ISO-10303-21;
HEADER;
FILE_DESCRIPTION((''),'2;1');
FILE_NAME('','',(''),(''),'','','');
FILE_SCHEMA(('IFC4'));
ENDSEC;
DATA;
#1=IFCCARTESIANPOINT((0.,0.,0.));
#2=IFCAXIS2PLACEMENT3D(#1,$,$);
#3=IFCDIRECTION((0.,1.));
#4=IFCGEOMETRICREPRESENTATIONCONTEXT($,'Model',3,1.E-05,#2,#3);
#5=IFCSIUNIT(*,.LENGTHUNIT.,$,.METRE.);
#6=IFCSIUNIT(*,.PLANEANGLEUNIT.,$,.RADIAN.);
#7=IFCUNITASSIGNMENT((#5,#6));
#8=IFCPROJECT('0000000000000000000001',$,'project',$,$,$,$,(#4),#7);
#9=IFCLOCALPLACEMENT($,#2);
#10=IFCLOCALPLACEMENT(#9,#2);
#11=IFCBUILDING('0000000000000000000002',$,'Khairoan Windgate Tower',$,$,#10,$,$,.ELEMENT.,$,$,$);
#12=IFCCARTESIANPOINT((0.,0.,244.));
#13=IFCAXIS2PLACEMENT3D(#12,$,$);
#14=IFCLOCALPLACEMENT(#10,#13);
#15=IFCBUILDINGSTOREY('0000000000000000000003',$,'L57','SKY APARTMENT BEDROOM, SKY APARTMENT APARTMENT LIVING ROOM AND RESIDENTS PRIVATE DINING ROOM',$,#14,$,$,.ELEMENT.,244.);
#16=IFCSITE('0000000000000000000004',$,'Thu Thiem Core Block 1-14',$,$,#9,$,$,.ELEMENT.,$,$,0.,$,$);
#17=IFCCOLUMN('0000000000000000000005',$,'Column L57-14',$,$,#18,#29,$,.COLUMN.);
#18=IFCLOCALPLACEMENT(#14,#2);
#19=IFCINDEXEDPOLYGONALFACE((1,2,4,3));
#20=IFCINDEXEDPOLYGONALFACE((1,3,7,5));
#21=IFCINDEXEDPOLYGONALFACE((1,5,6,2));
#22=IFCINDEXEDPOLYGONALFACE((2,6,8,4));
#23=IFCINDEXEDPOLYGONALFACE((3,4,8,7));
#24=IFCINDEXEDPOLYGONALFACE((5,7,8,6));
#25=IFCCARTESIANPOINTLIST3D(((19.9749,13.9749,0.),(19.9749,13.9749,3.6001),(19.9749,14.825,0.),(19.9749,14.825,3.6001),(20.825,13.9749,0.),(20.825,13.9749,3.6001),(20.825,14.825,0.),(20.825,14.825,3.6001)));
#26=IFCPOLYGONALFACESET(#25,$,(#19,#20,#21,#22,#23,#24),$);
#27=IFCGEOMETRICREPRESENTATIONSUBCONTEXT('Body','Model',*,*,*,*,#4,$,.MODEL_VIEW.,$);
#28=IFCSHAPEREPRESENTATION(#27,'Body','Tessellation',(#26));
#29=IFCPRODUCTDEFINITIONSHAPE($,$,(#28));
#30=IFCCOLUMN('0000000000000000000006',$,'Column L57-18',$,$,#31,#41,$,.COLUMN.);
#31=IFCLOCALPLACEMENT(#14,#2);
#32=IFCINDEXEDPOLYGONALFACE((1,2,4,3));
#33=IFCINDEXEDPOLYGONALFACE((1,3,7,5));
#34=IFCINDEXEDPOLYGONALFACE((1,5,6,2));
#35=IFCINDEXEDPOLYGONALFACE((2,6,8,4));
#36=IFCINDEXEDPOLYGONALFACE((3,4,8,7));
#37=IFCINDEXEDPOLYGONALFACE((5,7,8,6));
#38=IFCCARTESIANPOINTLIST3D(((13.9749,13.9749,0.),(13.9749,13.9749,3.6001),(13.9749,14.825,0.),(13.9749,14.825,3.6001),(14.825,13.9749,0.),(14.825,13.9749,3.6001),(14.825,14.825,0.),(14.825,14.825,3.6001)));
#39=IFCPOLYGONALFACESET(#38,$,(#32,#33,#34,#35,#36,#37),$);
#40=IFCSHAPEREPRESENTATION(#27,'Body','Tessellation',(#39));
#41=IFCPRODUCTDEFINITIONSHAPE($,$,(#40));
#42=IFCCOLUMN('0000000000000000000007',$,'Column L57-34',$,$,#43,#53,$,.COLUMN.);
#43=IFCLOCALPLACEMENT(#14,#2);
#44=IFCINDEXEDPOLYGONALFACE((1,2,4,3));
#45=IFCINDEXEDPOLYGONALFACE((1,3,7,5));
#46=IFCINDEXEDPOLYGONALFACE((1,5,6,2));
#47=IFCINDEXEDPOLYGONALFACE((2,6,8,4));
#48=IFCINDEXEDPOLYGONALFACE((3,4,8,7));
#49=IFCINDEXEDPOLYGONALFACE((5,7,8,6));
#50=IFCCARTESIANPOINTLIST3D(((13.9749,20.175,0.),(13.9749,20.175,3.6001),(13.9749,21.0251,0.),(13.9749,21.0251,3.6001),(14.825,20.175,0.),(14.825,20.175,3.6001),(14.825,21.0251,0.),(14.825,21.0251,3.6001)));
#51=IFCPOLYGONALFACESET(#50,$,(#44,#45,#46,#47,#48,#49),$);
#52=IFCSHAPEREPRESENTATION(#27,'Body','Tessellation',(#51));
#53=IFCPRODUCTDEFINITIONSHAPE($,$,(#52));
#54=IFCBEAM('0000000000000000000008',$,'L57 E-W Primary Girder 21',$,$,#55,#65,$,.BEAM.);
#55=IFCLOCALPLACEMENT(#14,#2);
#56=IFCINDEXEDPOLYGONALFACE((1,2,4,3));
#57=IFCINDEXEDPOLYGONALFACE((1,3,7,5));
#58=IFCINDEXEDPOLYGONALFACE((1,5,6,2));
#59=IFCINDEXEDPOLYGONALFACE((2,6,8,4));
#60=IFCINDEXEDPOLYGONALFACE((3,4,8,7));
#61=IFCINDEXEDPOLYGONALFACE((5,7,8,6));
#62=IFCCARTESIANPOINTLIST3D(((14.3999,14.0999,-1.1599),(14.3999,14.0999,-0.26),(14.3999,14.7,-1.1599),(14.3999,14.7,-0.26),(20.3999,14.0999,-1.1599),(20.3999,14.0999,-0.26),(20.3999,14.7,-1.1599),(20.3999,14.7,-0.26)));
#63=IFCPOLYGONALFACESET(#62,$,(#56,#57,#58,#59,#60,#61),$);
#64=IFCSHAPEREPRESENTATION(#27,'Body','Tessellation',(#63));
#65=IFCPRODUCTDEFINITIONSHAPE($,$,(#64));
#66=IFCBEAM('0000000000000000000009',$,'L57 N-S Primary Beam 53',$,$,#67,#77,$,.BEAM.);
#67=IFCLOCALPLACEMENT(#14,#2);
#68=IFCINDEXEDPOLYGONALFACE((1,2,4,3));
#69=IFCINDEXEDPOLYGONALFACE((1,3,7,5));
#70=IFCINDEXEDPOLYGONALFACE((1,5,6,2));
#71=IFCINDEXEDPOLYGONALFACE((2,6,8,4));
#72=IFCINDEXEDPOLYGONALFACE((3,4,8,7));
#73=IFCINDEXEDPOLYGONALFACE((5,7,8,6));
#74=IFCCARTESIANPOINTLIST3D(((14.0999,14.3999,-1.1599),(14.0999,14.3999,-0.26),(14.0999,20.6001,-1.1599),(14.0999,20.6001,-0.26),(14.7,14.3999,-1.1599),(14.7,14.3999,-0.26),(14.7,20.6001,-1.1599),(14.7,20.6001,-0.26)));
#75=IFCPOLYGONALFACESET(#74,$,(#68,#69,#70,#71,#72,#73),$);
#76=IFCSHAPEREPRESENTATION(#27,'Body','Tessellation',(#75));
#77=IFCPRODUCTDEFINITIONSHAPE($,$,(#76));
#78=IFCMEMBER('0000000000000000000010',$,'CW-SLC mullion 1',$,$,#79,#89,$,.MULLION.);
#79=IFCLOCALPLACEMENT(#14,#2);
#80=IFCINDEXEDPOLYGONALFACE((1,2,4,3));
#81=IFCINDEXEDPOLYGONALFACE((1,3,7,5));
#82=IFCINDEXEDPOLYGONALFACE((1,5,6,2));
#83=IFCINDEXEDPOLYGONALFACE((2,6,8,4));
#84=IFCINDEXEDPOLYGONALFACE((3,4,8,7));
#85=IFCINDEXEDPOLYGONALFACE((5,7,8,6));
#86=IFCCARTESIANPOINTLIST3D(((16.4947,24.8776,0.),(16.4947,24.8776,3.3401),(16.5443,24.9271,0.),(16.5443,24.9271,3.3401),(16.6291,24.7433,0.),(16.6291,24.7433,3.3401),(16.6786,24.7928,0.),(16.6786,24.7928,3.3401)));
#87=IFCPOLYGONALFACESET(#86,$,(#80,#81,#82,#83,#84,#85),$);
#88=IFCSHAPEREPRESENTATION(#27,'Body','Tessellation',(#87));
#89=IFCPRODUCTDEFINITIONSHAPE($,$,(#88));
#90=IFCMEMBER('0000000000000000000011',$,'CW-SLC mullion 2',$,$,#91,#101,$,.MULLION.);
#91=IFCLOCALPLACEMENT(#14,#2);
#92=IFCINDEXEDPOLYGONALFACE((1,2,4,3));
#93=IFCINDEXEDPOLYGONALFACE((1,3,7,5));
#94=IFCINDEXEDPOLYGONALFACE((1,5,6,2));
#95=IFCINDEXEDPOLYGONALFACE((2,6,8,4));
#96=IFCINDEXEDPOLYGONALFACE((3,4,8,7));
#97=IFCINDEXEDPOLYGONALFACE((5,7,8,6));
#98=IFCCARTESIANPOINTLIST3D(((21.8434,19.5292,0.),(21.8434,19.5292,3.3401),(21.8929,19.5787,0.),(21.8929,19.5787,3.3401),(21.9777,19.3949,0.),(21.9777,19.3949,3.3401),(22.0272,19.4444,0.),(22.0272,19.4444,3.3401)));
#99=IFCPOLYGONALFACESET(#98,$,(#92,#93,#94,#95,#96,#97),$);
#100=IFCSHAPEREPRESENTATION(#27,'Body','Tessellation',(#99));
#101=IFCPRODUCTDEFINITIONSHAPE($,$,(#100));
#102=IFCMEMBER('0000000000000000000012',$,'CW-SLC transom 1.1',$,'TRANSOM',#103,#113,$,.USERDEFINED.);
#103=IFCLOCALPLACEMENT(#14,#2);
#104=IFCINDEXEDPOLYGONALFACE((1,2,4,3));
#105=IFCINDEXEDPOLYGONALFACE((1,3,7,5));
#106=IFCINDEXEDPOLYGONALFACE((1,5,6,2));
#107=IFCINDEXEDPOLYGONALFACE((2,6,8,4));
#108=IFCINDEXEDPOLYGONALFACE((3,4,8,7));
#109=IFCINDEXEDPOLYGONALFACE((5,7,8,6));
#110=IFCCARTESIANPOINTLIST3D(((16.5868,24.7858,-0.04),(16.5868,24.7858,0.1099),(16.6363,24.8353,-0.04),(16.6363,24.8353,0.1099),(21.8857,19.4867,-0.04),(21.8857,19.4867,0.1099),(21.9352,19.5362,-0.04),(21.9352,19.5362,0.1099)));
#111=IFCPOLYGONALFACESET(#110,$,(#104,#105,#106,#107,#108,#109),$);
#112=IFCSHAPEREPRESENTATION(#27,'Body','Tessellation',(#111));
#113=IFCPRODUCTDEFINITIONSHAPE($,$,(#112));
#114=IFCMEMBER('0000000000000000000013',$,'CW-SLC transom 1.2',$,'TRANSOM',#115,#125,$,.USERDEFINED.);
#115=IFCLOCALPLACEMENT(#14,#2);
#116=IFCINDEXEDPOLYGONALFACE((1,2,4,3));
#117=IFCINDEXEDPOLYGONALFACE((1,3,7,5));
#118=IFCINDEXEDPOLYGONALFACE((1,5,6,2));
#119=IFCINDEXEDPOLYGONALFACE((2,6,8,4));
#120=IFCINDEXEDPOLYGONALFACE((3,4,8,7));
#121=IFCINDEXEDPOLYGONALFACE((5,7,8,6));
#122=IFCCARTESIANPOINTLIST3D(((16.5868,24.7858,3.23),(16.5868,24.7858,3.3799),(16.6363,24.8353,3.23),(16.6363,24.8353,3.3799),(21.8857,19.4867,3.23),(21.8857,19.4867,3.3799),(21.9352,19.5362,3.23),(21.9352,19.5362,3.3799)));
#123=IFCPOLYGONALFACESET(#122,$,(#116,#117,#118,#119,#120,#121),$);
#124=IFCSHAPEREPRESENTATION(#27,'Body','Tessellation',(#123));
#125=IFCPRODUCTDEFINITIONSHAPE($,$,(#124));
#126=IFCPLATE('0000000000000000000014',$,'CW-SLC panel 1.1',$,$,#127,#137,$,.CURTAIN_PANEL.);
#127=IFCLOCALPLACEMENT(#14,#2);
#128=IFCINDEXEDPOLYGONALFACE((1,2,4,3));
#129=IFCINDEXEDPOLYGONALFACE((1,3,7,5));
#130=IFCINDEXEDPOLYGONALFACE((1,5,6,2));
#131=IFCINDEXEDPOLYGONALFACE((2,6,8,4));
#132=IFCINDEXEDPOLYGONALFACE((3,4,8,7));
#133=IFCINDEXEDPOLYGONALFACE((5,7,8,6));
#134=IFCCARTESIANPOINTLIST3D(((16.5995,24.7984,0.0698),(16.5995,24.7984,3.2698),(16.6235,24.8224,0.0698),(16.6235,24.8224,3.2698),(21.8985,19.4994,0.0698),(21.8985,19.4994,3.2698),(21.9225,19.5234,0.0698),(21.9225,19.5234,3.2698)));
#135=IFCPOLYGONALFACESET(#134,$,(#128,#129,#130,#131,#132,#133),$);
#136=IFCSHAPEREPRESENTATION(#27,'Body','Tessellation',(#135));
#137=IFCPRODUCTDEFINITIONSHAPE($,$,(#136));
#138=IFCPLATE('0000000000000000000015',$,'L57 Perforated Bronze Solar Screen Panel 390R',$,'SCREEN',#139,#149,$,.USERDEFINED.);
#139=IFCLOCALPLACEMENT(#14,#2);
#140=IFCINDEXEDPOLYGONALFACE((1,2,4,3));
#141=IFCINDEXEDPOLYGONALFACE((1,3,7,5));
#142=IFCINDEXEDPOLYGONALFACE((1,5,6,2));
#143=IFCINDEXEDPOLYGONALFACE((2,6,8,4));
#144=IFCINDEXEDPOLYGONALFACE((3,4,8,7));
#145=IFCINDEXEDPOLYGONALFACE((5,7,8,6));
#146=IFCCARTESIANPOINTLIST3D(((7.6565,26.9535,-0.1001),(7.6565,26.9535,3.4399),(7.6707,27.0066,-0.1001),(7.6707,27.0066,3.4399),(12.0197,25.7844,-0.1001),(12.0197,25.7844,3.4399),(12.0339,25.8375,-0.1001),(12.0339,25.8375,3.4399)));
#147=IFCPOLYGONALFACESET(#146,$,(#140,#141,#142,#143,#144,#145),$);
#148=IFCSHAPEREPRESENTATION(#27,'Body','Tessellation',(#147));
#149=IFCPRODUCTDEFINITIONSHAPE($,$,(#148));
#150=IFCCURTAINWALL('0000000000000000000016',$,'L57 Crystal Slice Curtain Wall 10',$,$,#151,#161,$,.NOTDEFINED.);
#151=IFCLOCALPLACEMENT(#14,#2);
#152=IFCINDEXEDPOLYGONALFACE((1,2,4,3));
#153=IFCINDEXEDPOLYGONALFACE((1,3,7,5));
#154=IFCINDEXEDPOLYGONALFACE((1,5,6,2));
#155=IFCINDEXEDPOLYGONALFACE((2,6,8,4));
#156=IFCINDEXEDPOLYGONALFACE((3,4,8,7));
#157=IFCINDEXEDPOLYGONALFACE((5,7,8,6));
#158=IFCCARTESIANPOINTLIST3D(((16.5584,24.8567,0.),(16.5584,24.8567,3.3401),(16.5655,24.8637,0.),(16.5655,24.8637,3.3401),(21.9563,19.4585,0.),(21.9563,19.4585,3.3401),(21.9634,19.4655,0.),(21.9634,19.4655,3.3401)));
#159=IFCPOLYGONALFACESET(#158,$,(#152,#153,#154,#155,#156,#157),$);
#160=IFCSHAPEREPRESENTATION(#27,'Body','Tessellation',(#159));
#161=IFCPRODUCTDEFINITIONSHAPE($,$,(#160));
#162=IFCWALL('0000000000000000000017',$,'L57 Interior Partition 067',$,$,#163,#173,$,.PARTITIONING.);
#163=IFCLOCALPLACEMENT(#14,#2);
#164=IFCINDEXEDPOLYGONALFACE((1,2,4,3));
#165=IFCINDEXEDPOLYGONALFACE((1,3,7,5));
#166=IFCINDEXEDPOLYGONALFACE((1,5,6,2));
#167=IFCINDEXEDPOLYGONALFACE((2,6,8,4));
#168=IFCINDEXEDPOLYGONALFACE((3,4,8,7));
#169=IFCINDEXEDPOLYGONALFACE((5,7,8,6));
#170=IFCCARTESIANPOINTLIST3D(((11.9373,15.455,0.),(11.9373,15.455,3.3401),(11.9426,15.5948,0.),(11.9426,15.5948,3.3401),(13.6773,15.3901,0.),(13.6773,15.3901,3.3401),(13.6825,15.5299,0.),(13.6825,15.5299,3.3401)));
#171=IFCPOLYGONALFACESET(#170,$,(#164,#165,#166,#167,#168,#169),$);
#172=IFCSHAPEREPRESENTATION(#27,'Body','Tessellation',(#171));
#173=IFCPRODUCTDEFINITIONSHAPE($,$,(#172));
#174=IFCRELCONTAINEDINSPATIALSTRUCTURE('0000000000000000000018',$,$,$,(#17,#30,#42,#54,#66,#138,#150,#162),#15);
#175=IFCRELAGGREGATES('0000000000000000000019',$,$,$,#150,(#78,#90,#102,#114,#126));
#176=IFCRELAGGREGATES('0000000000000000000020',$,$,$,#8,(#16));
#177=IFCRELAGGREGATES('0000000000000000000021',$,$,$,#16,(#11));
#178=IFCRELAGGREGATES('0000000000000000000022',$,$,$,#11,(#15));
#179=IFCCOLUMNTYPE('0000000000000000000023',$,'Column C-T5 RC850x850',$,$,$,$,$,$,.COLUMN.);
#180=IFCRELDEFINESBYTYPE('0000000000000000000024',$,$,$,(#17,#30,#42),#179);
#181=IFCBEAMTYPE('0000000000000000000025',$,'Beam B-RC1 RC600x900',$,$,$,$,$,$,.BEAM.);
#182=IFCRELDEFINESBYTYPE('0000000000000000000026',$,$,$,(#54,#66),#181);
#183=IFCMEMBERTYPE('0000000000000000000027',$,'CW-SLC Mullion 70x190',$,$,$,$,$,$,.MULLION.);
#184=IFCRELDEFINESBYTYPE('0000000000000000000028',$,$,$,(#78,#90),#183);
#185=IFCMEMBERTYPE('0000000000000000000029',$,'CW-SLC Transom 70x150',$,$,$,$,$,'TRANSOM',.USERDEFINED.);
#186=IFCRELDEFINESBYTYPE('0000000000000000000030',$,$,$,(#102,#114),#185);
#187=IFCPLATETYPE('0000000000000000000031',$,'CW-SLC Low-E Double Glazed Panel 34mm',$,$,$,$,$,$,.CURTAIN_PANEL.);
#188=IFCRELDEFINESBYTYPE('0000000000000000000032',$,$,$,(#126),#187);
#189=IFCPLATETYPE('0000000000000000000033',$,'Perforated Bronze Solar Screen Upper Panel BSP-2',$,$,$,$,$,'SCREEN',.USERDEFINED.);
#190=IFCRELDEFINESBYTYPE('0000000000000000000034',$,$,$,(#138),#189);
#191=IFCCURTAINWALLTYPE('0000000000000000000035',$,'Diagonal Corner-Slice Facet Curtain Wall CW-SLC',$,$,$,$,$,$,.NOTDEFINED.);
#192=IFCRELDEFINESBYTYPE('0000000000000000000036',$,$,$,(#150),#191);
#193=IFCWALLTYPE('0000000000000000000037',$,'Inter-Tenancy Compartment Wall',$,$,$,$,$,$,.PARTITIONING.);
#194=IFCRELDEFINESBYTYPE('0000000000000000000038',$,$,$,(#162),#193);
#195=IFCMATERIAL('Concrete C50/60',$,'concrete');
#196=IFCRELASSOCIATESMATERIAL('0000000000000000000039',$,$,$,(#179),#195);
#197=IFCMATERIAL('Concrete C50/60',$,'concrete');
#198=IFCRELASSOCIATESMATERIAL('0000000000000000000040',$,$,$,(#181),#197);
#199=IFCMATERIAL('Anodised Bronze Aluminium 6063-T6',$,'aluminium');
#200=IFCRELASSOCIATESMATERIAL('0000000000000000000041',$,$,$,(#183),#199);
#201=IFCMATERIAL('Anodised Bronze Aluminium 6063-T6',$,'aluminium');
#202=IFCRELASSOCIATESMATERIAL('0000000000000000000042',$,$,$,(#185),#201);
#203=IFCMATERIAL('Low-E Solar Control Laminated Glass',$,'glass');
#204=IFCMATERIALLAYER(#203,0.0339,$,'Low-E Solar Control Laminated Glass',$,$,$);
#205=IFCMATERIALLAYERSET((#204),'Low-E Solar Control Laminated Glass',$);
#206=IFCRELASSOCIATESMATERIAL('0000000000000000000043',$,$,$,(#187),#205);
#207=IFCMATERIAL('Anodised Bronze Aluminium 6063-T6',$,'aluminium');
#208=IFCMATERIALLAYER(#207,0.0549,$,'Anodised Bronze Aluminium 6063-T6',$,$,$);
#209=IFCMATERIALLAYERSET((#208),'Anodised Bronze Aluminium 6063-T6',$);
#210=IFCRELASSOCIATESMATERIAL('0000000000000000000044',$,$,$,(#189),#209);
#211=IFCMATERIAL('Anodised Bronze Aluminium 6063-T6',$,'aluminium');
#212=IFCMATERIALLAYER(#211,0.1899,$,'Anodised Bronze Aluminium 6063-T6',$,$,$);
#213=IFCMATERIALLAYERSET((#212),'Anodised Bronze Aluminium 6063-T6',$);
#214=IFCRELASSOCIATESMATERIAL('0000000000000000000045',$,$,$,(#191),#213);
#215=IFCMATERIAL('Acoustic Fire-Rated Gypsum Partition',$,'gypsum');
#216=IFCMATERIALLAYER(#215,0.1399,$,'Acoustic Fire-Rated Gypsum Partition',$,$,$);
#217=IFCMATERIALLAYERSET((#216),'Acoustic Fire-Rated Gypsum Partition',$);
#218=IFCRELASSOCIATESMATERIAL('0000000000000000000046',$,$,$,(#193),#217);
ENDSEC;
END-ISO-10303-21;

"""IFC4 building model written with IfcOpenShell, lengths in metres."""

from ifc_helpers import new_model, si_unit, direction, frame, frame_2d, origin, origin_2d, place, context, subcontext, project, spatial, rectangle, extrude, material, layer, layer_set, material_profile, profile_set, type_object, element, aggregate, save


model = new_model("IFC4")

# Units and contexts
model_context = context("Model", 3, precision=1e-05, world=origin(), true_north=direction((0.0, 1.0)))
body_context = subcontext(model_context, "Body", "Model", "MODEL_VIEW")
ifc_project = project(units=[si_unit("LENGTHUNIT", "METRE"), si_unit("PLANEANGLEUNIT", "RADIAN")], contexts=[model_context])

# Site, building, storey
site_placement = place(None, origin())
site = spatial("IfcSite", under=ifc_project, at=site_placement, Name="Thu Thiem Core Block 1-14", CompositionType="ELEMENT", RefElevation=0.0)
building_placement = place(site_placement, origin())
building = spatial("IfcBuilding", under=site, at=building_placement, Name="Khairoan Windgate Tower", CompositionType="ELEMENT")
storey_placement = place(building_placement, frame((0.0, 0.0, 244.0)))
storey = spatial("IfcBuildingStorey", under=building, at=storey_placement, Name="L57", Description="SKY APARTMENT BEDROOM, SKY APARTMENT APARTMENT LIVING ROOM AND RESIDENTS PRIVATE DINING ROOM", CompositionType="ELEMENT", Elevation=244.0)

# Columns
ifc_material_1 = material(Name="Concrete C50/60", Category="concrete")
ifc_material_profile_1 = material_profile(ifc_material_1, rectangle(XDim=0.8501, YDim=0.8501, at=origin_2d()))
ifc_profile_set_1 = profile_set([ifc_material_profile_1], Name="Concrete C50/60")
column_type = type_object("IfcColumnType", Name="Column C-T5 RC850x850", PredefinedType="COLUMN", material=ifc_profile_set_1)
for number, where, z_axis, x_axis, name in (
    (1, (20.3999, 14.3999, 0.0), (0.0, 0.0, 1.0), (1.0, 0.0, 0.0), "Column L57-14"),
    (2, (14.3999, 14.3999, 0.0), (0.0, 0.0, 1.0), (1.0, 0.0, 0.0), "Column L57-18"),
    (3, (14.3999, 20.6001, 0.0), (0.0, 0.0, 1.0), (1.0, 0.0, 0.0), "Column L57-34"),
):
    element("IfcColumn", number, at=place(storey_placement, frame(where, z_axis=z_axis, x_axis=x_axis)), inside=storey, type_object=column_type, Name=name, PredefinedType="COLUMN", context=body_context, shape_type="SweptSolid", body=[
        extrude(rectangle(XDim=0.8501, YDim=0.8501, at=origin_2d()), origin(), (0.0, 0.0, 1.0), 3.6001),
    ])

# Beams
ifc_material_2 = material(Name="Concrete C50/60", Category="concrete")
ifc_material_profile_2 = material_profile(ifc_material_2, rectangle(XDim=0.6001, YDim=0.8999, at=origin_2d()))
ifc_profile_set_2 = profile_set([ifc_material_profile_2], Name="Concrete C50/60")
beam_type = type_object("IfcBeamType", Name="Beam B-RC1 RC600x900", PredefinedType="BEAM", material=ifc_profile_set_2)
beam_1_placement = place(storey_placement, frame((14.3999, 14.3999, -0.71), z_axis=(1.0, 0.0, 0.0), x_axis=(0.0, 1.0, 0.0)))
element("IfcBeam", 4, at=beam_1_placement, inside=storey, type_object=beam_type, Name="L57 E-W Primary Girder 21", PredefinedType="BEAM", context=body_context, shape_type="SweptSolid", body=[
    extrude(rectangle(XDim=0.6001, YDim=0.8999, at=origin_2d()), origin(), (0.0, 0.0, 1.0), 6.0),
])
beam_2_placement = place(storey_placement, frame((14.3999, 14.3999, -0.71), z_axis=(0.0, 1.0, 0.0), x_axis=(-1.0, 0.0, 0.0)))
element("IfcBeam", 5, at=beam_2_placement, inside=storey, type_object=beam_type, Name="L57 N-S Primary Beam 53", PredefinedType="BEAM", context=body_context, shape_type="SweptSolid", body=[
    extrude(rectangle(XDim=0.6001, YDim=0.8999, at=origin_2d()), origin(), (0.0, 0.0, 1.0), 6.2002),
])

# Members
ifc_material_3 = material(Name="Anodised Bronze Aluminium 6063-T6", Category="aluminium")
ifc_material_profile_3 = material_profile(ifc_material_3, rectangle(XDim=0.0701, YDim=0.1899, at=origin_2d()))
ifc_profile_set_3 = profile_set([ifc_material_profile_3], Name="Anodised Bronze Aluminium 6063-T6")
member_type_1 = type_object("IfcMemberType", Name="CW-SLC Mullion 70x190", PredefinedType="MULLION", material=ifc_profile_set_3)
member_1_placement = place(storey_placement, frame((16.5867, 24.8352, 0.0), z_axis=(0.0, 0.0, 1.0), x_axis=(0.707107, 0.707107, 0.0)))
member_1 = element("IfcMember", 6, at=member_1_placement, type_object=member_type_1, Name="CW-SLC mullion 1", PredefinedType="MULLION", context=body_context, shape_type="SweptSolid", body=[
    extrude(rectangle(XDim=0.0701, YDim=0.1899, at=origin_2d()), origin(), (0.0, 0.0, 1.0), 3.3401),
])
member_2_placement = place(storey_placement, frame((21.9353, 19.4868, 0.0), z_axis=(0.0, 0.0, 1.0), x_axis=(0.707107, 0.707107, 0.0)))
member_2 = element("IfcMember", 7, at=member_2_placement, type_object=member_type_1, Name="CW-SLC mullion 2", PredefinedType="MULLION", context=body_context, shape_type="SweptSolid", body=[
    extrude(rectangle(XDim=0.0701, YDim=0.1899, at=origin_2d()), origin(), (0.0, 0.0, 1.0), 3.3401),
])
ifc_material_4 = material(Name="Anodised Bronze Aluminium 6063-T6", Category="aluminium")
ifc_material_profile_4 = material_profile(ifc_material_4, rectangle(XDim=0.0701, YDim=0.1499, at=origin_2d()))
ifc_profile_set_4 = profile_set([ifc_material_profile_4], Name="Anodised Bronze Aluminium 6063-T6")
member_type_2 = type_object("IfcMemberType", Name="CW-SLC Transom 70x150", ElementType="TRANSOM", PredefinedType="USERDEFINED", material=ifc_profile_set_4)
member_3_placement = place(storey_placement, frame((16.6116, 24.8105, 0.0349), z_axis=(0.70709, -0.707123, 0.0), x_axis=(0.707123, 0.70709, 0.0)))
member_3 = element("IfcMember", 8, at=member_3_placement, type_object=member_type_2, Name="CW-SLC transom 1.1", ObjectType="TRANSOM", PredefinedType="USERDEFINED", context=body_context, shape_type="SweptSolid", body=[
    extrude(rectangle(XDim=0.0701, YDim=0.1499, at=origin_2d()), origin(), (0.0, 0.0, 1.0), 7.4939),
])
member_4_placement = place(storey_placement, frame((16.6116, 24.8105, 3.3049), z_axis=(0.70709, -0.707123, 0.0), x_axis=(0.707123, 0.70709, 0.0)))
member_4 = element("IfcMember", 9, at=member_4_placement, type_object=member_type_2, Name="CW-SLC transom 1.2", ObjectType="TRANSOM", PredefinedType="USERDEFINED", context=body_context, shape_type="SweptSolid", body=[
    extrude(rectangle(XDim=0.0701, YDim=0.1499, at=origin_2d()), origin(), (0.0, 0.0, 1.0), 7.4939),
])

# Plates
ifc_material_5 = material(Name="Low-E Solar Control Laminated Glass", Category="glass")
ifc_layer_1 = layer(ifc_material_5, 0.0339, Name="Low-E Solar Control Laminated Glass")
ifc_layer_set_1 = layer_set([ifc_layer_1], Name="Low-E Solar Control Laminated Glass")
plate_type_1 = type_object("IfcPlateType", Name="CW-SLC Low-E Double Glazed Panel 34mm", PredefinedType="CURTAIN_PANEL", material=ifc_layer_set_1)
plate_1_placement = place(storey_placement, frame((19.261, 22.1609, 0.0698), z_axis=(0.0, 0.0, 1.0), x_axis=(0.707107, -0.707107, 0.0)))
plate_1 = element("IfcPlate", 10, at=plate_1_placement, type_object=plate_type_1, Name="CW-SLC panel 1.1", PredefinedType="CURTAIN_PANEL", context=body_context, shape_type="SweptSolid", body=[
    extrude(rectangle(XDim=7.4939, YDim=0.0339, at=origin_2d()), origin(), (0.0, 0.0, 1.0), 3.2),
])
ifc_material_6 = material(Name="Anodised Bronze Aluminium 6063-T6", Category="aluminium")
ifc_layer_2 = layer(ifc_material_6, 0.0549, Name="Anodised Bronze Aluminium 6063-T6")
ifc_layer_set_2 = layer_set([ifc_layer_2], Name="Anodised Bronze Aluminium 6063-T6")
plate_type_2 = type_object("IfcPlateType", Name="Perforated Bronze Solar Screen Upper Panel BSP-2", ElementType="SCREEN", PredefinedType="USERDEFINED", material=ifc_layer_set_2)
plate_2_placement = place(storey_placement, frame((9.8452, 26.3955, -0.1001), z_axis=(0.0, 0.0, 1.0), x_axis=(0.965926, -0.258819, 0.0)))
element("IfcPlate", 11, at=plate_2_placement, inside=storey, type_object=plate_type_2, Name="L57 Perforated Bronze Solar Screen Panel 390R", ObjectType="SCREEN", PredefinedType="USERDEFINED", context=body_context, shape_type="SweptSolid", body=[
    extrude(rectangle(XDim=4.5171, YDim=0.0549, at=origin_2d()), origin(), (0.0, 0.0, 1.0), 3.54),
])

# Curtain wall
ifc_material_7 = material(Name="Anodised Bronze Aluminium 6063-T6", Category="aluminium")
ifc_layer_3 = layer(ifc_material_7, 0.1899, Name="Anodised Bronze Aluminium 6063-T6")
ifc_layer_set_3 = layer_set([ifc_layer_3], Name="Anodised Bronze Aluminium 6063-T6")
curtain_wall_type_1 = type_object("IfcCurtainWallType", Name="Diagonal Corner-Slice Facet Curtain Wall CW-SLC", PredefinedType="NOTDEFINED", material=ifc_layer_set_3)
curtain_wall_1_placement = place(storey_placement, frame((16.562, 24.8601, 0.0), z_axis=(0.0, 0.0, 1.0), x_axis=(0.707091, -0.707123, 0.0)))
curtain_wall_1 = element("IfcCurtainWall", 12, at=curtain_wall_1_placement, inside=storey, type_object=curtain_wall_type_1, Name="L57 Crystal Slice Curtain Wall 10", PredefinedType="NOTDEFINED", context=body_context, shape_type="SweptSolid", body=[
    extrude(rectangle(XDim=7.634, YDim=0.01, at=frame_2d((3.8169, 0.0))), origin(), (0.0, 0.0, 1.0), 3.3401),
])
aggregate(curtain_wall_1, [member_1, member_2, member_3, member_4, plate_1])

# Wall
ifc_material_8 = material(Name="Acoustic Fire-Rated Gypsum Partition", Category="gypsum")
ifc_layer_4 = layer(ifc_material_8, 0.1399, Name="Acoustic Fire-Rated Gypsum Partition")
ifc_layer_set_4 = layer_set([ifc_layer_4], Name="Acoustic Fire-Rated Gypsum Partition")
wall_type_1 = type_object("IfcWallType", Name="Inter-Tenancy Compartment Wall", PredefinedType="PARTITIONING", material=ifc_layer_set_4)
wall_1_placement = place(storey_placement, frame((11.9399, 15.5249, 0.0), z_axis=(0.0, 0.0, 1.0), x_axis=(0.999304, -0.037297, 0.0)))
element("IfcWall", 13, at=wall_1_placement, inside=storey, type_object=wall_type_1, Name="L57 Interior Partition 067", PredefinedType="PARTITIONING", context=body_context, shape_type="SweptSolid", body=[
    extrude(rectangle(XDim=1.7412, YDim=0.1399, at=frame_2d((0.8706, 0.0))), origin(), (0.0, 0.0, 1.0), 3.3401),
])

save(model, "model.ifc")
